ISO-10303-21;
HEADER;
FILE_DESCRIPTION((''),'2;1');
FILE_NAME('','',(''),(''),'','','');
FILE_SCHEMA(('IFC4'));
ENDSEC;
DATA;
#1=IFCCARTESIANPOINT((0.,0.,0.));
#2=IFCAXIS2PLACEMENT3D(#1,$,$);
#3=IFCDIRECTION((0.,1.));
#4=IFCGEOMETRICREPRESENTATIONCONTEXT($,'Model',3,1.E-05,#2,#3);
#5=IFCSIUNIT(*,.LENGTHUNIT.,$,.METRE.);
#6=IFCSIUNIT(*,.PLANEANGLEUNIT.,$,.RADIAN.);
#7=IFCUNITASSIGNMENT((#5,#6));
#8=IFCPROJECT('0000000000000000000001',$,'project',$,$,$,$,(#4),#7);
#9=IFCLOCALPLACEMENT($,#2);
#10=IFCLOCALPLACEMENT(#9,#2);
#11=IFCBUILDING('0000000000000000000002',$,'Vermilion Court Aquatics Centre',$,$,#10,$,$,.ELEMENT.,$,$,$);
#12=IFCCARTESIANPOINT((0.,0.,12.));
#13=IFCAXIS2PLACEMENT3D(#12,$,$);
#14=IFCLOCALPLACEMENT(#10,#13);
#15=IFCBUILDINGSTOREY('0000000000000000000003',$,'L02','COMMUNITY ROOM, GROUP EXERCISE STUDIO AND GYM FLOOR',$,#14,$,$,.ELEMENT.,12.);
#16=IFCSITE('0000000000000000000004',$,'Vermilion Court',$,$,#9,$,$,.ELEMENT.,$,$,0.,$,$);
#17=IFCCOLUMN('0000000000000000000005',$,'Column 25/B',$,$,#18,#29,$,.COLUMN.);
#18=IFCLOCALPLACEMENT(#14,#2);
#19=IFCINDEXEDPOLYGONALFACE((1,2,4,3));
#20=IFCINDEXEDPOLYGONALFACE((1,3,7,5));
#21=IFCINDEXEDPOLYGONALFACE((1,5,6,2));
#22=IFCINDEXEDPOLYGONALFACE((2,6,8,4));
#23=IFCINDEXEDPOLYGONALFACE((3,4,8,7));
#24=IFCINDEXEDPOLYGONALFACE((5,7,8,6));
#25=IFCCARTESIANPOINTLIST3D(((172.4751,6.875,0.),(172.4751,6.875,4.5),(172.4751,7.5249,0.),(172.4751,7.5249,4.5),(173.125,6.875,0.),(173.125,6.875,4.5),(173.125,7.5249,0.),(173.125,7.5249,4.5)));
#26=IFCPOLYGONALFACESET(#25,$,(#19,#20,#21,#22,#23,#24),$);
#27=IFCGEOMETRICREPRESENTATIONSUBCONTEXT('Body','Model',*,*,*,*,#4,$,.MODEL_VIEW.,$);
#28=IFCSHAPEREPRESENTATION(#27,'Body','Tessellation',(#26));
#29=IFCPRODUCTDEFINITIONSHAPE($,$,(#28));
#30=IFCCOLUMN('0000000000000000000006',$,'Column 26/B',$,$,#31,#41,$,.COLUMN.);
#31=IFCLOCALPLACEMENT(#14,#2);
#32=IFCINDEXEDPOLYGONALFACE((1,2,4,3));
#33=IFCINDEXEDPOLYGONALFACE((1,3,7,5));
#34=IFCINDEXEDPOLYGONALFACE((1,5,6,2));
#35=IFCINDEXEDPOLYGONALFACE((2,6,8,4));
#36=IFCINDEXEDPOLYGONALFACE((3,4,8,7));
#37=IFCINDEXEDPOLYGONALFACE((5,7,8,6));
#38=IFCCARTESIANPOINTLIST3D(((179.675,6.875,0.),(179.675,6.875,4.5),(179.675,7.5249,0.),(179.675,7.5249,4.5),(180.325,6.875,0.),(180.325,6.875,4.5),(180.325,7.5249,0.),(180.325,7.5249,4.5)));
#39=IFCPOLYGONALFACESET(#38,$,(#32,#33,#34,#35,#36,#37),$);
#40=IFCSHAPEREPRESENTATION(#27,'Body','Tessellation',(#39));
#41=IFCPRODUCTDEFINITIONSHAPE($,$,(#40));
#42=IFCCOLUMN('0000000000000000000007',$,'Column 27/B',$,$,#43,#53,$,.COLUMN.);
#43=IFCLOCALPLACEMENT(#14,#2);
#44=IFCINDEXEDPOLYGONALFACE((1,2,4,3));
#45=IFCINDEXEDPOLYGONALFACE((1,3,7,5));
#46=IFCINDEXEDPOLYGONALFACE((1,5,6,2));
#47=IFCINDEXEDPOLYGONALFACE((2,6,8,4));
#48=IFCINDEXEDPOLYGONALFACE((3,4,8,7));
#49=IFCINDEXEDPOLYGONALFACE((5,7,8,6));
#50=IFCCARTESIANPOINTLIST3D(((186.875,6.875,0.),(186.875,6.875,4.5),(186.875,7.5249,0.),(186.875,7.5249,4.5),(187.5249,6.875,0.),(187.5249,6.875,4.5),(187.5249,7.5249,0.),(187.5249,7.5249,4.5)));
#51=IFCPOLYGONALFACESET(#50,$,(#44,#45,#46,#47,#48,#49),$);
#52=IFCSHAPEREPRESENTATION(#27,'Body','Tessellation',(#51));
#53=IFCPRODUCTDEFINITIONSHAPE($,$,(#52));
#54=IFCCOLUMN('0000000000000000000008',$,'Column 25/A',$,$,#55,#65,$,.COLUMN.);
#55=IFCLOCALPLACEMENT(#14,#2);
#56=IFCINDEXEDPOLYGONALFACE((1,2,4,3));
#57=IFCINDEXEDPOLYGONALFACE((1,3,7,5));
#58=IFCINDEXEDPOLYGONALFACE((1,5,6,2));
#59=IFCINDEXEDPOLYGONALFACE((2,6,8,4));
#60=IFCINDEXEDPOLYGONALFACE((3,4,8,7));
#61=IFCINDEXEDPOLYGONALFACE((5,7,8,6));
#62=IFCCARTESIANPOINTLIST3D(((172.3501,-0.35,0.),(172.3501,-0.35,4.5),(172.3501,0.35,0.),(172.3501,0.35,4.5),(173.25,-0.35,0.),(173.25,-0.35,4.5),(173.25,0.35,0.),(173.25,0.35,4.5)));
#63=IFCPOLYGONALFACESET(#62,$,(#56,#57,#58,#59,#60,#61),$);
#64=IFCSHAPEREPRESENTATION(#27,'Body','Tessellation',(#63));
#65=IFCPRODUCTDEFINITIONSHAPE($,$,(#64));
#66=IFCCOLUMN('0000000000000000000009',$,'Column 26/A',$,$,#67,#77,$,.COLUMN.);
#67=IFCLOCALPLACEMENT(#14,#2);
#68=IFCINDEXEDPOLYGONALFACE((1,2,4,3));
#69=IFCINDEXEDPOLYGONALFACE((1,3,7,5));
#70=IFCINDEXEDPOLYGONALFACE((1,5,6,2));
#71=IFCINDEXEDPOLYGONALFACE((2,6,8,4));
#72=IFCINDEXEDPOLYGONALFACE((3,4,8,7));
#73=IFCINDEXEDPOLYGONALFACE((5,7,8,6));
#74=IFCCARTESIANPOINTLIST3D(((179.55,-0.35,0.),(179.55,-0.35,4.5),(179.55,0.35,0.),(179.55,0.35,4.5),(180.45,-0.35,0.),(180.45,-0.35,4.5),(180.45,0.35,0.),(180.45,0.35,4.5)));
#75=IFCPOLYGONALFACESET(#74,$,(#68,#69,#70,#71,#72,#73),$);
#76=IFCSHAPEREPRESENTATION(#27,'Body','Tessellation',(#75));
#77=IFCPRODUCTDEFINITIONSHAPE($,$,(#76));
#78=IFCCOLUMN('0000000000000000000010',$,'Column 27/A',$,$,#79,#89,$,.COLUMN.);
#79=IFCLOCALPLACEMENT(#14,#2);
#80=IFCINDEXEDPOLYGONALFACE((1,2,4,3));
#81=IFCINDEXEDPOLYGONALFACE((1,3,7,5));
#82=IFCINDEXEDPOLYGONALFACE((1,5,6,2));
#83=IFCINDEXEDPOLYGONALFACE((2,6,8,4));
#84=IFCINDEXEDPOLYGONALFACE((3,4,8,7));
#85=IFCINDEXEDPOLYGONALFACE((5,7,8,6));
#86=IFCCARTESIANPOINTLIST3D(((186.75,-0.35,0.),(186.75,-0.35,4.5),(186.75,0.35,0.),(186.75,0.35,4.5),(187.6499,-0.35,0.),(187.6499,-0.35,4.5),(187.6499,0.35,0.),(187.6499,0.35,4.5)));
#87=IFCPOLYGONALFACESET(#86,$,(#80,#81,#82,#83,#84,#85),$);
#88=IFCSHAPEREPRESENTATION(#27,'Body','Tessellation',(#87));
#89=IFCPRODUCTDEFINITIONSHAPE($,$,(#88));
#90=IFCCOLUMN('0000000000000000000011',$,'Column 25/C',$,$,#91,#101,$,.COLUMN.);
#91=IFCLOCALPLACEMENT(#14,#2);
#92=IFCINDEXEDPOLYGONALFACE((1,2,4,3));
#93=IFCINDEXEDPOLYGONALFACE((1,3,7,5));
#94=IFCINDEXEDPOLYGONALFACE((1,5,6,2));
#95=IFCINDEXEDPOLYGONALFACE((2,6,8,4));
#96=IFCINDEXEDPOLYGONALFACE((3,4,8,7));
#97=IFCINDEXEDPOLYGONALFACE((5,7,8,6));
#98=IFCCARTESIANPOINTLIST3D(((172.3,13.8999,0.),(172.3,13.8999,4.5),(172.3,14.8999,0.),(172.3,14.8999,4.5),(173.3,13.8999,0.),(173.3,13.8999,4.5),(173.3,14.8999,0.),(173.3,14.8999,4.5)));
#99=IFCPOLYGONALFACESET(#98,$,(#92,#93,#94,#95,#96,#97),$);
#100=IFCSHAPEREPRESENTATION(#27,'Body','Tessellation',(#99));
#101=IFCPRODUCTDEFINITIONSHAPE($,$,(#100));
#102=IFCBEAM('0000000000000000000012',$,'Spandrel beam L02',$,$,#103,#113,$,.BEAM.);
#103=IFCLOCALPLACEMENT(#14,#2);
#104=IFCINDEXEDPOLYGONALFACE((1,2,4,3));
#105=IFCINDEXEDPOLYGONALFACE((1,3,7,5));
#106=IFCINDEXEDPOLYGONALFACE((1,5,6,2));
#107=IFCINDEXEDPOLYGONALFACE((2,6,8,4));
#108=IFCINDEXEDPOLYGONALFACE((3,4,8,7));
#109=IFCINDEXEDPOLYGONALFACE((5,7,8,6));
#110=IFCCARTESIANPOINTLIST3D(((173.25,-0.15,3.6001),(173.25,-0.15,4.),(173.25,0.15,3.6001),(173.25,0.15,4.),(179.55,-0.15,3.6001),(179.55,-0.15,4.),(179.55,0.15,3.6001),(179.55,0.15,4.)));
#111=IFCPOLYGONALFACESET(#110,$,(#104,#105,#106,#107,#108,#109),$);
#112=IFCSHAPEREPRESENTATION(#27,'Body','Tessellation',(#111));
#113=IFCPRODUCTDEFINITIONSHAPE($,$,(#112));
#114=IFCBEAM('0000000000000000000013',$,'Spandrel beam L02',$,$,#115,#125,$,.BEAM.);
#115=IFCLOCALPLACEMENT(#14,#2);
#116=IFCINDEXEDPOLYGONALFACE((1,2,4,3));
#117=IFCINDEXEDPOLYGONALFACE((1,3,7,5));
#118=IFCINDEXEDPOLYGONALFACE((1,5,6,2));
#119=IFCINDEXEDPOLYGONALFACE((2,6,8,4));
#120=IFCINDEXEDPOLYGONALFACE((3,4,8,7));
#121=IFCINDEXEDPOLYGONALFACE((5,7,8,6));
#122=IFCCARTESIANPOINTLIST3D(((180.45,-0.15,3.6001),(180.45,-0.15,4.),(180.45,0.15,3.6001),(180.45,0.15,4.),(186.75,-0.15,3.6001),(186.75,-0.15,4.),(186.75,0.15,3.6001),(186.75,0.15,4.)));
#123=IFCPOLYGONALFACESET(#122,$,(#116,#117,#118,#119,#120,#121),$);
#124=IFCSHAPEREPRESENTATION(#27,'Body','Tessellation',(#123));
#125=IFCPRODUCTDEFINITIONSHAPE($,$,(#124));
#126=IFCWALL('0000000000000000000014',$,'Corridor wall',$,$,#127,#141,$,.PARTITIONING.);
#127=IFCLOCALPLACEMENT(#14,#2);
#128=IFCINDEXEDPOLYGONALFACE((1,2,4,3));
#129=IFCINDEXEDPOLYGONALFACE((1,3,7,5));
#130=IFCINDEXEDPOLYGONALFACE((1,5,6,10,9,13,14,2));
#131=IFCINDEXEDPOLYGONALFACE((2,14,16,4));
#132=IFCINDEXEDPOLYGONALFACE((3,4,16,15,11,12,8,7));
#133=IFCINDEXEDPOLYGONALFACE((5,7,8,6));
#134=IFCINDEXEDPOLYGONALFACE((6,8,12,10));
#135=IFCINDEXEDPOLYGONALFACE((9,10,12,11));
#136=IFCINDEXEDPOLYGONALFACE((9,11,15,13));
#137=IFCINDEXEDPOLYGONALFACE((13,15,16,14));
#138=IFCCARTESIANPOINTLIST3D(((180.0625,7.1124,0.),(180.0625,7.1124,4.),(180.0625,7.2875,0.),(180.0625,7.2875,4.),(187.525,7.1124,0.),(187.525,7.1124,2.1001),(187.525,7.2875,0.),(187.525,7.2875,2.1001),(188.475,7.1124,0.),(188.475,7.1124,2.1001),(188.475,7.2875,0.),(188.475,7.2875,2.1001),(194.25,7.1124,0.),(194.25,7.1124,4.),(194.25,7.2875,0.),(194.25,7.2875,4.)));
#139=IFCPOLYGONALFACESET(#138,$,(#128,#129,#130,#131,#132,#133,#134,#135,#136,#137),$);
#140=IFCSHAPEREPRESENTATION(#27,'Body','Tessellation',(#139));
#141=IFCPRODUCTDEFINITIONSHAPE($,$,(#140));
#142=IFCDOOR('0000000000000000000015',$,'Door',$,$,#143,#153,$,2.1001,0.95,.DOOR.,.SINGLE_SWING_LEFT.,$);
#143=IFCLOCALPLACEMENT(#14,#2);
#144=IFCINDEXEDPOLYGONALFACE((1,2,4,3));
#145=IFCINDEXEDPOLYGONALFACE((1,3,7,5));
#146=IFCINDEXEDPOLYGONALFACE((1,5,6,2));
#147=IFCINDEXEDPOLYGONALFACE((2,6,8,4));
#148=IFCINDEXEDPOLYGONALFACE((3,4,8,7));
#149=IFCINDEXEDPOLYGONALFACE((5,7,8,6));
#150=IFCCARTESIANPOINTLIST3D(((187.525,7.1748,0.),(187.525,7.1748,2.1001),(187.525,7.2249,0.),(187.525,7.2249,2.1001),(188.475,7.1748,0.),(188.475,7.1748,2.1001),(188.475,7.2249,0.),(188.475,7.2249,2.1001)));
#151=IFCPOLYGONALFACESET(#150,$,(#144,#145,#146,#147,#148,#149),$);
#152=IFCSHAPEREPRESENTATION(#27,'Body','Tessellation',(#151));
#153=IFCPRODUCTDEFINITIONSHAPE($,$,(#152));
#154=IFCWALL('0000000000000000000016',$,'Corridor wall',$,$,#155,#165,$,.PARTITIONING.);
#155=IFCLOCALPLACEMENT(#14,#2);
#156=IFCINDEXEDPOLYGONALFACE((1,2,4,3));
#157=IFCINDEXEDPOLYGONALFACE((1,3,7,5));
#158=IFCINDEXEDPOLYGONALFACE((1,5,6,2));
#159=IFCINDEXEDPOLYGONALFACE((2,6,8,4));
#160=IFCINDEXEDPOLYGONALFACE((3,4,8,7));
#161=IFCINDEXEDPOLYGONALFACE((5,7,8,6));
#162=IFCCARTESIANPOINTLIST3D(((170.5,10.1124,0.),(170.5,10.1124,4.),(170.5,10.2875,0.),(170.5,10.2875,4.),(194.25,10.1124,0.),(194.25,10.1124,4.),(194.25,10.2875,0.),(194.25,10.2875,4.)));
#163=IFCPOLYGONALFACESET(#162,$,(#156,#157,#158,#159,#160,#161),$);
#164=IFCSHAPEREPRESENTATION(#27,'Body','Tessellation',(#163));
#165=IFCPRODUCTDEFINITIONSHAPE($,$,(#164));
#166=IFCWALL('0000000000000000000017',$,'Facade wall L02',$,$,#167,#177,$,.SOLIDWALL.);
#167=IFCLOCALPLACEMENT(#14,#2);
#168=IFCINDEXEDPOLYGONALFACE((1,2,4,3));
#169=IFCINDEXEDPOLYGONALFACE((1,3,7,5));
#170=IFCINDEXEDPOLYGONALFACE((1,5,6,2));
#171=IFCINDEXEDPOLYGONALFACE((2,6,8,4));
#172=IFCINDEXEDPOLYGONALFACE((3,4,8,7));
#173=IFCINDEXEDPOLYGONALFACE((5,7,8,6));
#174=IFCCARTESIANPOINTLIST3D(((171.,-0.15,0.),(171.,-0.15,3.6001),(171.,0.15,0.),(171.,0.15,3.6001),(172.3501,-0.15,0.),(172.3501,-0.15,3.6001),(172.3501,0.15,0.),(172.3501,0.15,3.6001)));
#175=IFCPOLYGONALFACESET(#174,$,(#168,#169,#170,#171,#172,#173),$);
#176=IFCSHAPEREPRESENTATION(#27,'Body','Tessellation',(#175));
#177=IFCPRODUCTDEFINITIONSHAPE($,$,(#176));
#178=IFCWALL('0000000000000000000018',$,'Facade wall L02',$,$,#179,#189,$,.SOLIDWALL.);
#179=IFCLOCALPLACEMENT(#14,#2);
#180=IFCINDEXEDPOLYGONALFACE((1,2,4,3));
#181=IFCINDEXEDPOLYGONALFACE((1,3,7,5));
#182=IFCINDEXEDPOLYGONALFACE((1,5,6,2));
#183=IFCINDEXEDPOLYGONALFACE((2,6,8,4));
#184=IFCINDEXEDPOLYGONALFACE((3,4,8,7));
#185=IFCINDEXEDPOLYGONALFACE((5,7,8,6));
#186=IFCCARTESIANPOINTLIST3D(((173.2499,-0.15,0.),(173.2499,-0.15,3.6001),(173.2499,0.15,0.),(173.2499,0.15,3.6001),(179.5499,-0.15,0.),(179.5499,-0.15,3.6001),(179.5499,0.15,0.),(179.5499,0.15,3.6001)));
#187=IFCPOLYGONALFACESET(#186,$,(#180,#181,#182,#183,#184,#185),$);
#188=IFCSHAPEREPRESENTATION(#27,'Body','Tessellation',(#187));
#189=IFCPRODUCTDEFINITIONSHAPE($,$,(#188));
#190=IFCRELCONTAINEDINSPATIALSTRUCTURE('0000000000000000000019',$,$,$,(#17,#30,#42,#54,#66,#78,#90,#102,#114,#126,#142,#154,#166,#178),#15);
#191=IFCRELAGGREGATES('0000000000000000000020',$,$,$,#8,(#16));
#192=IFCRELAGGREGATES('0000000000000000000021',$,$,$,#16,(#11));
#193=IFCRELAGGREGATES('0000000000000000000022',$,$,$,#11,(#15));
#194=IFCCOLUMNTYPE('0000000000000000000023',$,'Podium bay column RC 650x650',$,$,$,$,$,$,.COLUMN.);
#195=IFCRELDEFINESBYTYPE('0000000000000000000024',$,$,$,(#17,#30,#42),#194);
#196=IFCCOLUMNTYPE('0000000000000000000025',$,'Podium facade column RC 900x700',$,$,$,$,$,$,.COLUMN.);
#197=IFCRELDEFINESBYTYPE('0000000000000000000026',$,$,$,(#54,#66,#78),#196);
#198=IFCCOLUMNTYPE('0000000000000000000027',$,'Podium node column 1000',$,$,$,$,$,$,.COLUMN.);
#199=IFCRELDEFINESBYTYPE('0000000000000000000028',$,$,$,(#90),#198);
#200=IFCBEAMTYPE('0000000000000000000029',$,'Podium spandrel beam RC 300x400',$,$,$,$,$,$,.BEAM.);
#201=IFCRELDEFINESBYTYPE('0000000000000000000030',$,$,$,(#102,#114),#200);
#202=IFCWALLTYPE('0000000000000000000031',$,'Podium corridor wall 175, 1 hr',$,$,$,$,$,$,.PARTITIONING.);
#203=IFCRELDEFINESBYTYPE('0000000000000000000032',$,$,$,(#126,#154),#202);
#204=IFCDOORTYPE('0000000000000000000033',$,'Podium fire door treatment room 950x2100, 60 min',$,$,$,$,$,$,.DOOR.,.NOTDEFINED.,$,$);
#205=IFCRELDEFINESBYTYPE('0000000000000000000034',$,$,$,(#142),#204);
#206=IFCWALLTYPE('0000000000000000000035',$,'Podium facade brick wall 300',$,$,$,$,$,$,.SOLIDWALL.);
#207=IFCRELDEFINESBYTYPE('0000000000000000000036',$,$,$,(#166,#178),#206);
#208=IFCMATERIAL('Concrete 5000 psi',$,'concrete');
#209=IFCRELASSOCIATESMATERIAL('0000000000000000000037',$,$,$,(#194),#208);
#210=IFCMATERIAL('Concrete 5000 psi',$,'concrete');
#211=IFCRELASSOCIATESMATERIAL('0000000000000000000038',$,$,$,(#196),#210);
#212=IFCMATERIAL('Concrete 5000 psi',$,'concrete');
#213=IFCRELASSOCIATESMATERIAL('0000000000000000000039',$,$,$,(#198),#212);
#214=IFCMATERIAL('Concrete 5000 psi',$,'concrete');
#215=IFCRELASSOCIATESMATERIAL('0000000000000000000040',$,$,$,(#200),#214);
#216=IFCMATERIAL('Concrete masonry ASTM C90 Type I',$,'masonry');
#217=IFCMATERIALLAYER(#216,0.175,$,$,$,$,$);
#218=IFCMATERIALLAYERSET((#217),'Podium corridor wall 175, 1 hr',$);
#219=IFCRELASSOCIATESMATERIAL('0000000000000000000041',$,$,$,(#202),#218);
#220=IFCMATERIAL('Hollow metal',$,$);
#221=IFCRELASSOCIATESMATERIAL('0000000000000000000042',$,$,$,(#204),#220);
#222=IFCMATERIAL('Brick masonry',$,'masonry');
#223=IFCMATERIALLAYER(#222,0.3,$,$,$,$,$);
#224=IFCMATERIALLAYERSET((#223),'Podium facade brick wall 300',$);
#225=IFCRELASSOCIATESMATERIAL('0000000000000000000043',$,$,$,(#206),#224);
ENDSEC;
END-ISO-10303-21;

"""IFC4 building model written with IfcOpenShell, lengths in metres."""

from ifc_helpers import new_model, si_unit, direction, frame, frame_2d, origin, origin_2d, place, context, subcontext, project, spatial, rectangle, extrude, material, layer, layer_set, material_profile, profile_set, type_object, element, fill, save


model = new_model("IFC4")

# Units and contexts
model_context = context("Model", 3, precision=1e-05, world=origin(), true_north=direction((0.0, 1.0)))
body_context = subcontext(model_context, "Body", "Model", "MODEL_VIEW")
ifc_project = project(units=[si_unit("LENGTHUNIT", "METRE"), si_unit("PLANEANGLEUNIT", "RADIAN")], contexts=[model_context])

# Site, building, storey
site_placement = place(None, origin())
site = spatial("IfcSite", under=ifc_project, at=site_placement, Name="Vermilion Court", CompositionType="ELEMENT", RefElevation=0.0)
building_placement = place(site_placement, origin())
building = spatial("IfcBuilding", under=site, at=building_placement, Name="Vermilion Court Aquatics Centre", CompositionType="ELEMENT")
storey_placement = place(building_placement, frame((0.0, 0.0, 12.0)))
storey = spatial("IfcBuildingStorey", under=building, at=storey_placement, Name="L02", Description="COMMUNITY ROOM, GROUP EXERCISE STUDIO AND GYM FLOOR", CompositionType="ELEMENT", Elevation=12.0)

# Columns
ifc_material_1 = material(Name="Concrete 5000 psi", Category="concrete")
ifc_material_profile_1 = material_profile(ifc_material_1, rectangle(XDim=0.6499, YDim=0.6499, at=origin_2d()), Name="RC 650x650")
ifc_profile_set_1 = profile_set([ifc_material_profile_1], Name="Concrete 5000 psi")
column_type_1 = type_object("IfcColumnType", Name="Podium bay column RC 650x650", PredefinedType="COLUMN", material=ifc_profile_set_1)
for number, where, z_axis, x_axis, name in (
    (1, (172.8, 7.2, 0.0), (0.0, 0.0, 1.0), (1.0, 0.0, 0.0), "Column 25/B"),
    (2, (180.0, 7.2, 0.0), (0.0, 0.0, 1.0), (1.0, 0.0, 0.0), "Column 26/B"),
    (3, (187.2, 7.2, 0.0), (0.0, 0.0, 1.0), (1.0, 0.0, 0.0), "Column 27/B"),
):
    element("IfcColumn", number, at=place(storey_placement, frame(where, z_axis=z_axis, x_axis=x_axis)), inside=storey, type_object=column_type_1, Name=name, PredefinedType="COLUMN", context=body_context, shape_type="SweptSolid", body=[
        extrude(rectangle(XDim=0.6499, YDim=0.6499, at=origin_2d()), origin(), (0.0, 0.0, 1.0), 4.5),
    ])
ifc_material_2 = material(Name="Concrete 5000 psi", Category="concrete")
ifc_material_profile_2 = material_profile(ifc_material_2, rectangle(XDim=0.8999, YDim=0.7, at=origin_2d()), Name="RC 900x700")
ifc_profile_set_2 = profile_set([ifc_material_profile_2], Name="Concrete 5000 psi")
column_type_2 = type_object("IfcColumnType", Name="Podium facade column RC 900x700", PredefinedType="COLUMN", material=ifc_profile_set_2)
for number, where, z_axis, x_axis, name in (
    (4, (172.8, 0.0, 0.0), (0.0, 0.0, 1.0), (1.0, 0.0, 0.0), "Column 25/A"),
    (5, (180.0, 0.0, 0.0), (0.0, 0.0, 1.0), (1.0, 0.0, 0.0), "Column 26/A"),
    (6, (187.2, 0.0, 0.0), (0.0, 0.0, 1.0), (1.0, 0.0, 0.0), "Column 27/A"),
):
    element("IfcColumn", number, at=place(storey_placement, frame(where, z_axis=z_axis, x_axis=x_axis)), inside=storey, type_object=column_type_2, Name=name, PredefinedType="COLUMN", context=body_context, shape_type="SweptSolid", body=[
        extrude(rectangle(XDim=0.8999, YDim=0.7, at=origin_2d()), origin(), (0.0, 0.0, 1.0), 4.5),
    ])
ifc_material_3 = material(Name="Concrete 5000 psi", Category="concrete")
ifc_material_profile_3 = material_profile(ifc_material_3, rectangle(XDim=1.0, YDim=1.0, at=origin_2d()), Name="RC 1000x1000")
ifc_profile_set_3 = profile_set([ifc_material_profile_3], Name="Concrete 5000 psi")
column_type_3 = type_object("IfcColumnType", Name="Podium node column 1000", PredefinedType="COLUMN", material=ifc_profile_set_3)
column_placement = place(storey_placement, frame((172.8, 14.3999, 0.0), z_axis=(0.0, 0.0, 1.0), x_axis=(1.0, 0.0, 0.0)))
element("IfcColumn", 7, at=column_placement, inside=storey, type_object=column_type_3, Name="Column 25/C", PredefinedType="COLUMN", context=body_context, shape_type="SweptSolid", body=[
    extrude(rectangle(XDim=1.0, YDim=1.0, at=origin_2d()), origin(), (0.0, 0.0, 1.0), 4.5),
])

# Beams
ifc_material_4 = material(Name="Concrete 5000 psi", Category="concrete")
ifc_material_profile_4 = material_profile(ifc_material_4, rectangle(XDim=0.3, YDim=0.3999, at=origin_2d()), Name="RC 300x400")
ifc_profile_set_4 = profile_set([ifc_material_profile_4], Name="Concrete 5000 psi")
beam_type = type_object("IfcBeamType", Name="Podium spandrel beam RC 300x400", PredefinedType="BEAM", material=ifc_profile_set_4)
for number, where, z_axis, x_axis, name in (
    (8, (173.25, 0.0, 3.8), (1.0, 0.0, 0.0), (0.0, 1.0, 0.0), "Spandrel beam L02"),
    (9, (180.45, 0.0, 3.8), (1.0, 0.0, 0.0), (0.0, 1.0, 0.0), "Spandrel beam L02"),
):
    element("IfcBeam", number, at=place(storey_placement, frame(where, z_axis=z_axis, x_axis=x_axis)), inside=storey, type_object=beam_type, Name=name, PredefinedType="BEAM", context=body_context, shape_type="SweptSolid", body=[
        extrude(rectangle(XDim=0.3, YDim=0.3999, at=origin_2d()), origin(), (0.0, 0.0, 1.0), 6.3),
    ])

# Wall, opening, door
ifc_material_5 = material(Name="Concrete masonry ASTM C90 Type I", Category="masonry")
ifc_layer_1 = layer(ifc_material_5, 0.175)
ifc_layer_set_1 = layer_set([ifc_layer_1], Name="Podium corridor wall 175, 1 hr")
wall_type_1 = type_object("IfcWallType", Name="Podium corridor wall 175, 1 hr", PredefinedType="PARTITIONING", material=ifc_layer_set_1)
wall_1_placement = place(storey_placement, frame((180.0625, 7.2, 0.0), z_axis=(0.0, 0.0, 1.0), x_axis=(1.0, 0.0, 0.0)))
wall_1 = element("IfcWall", 10, at=wall_1_placement, inside=storey, type_object=wall_type_1, Name="Corridor wall", PredefinedType="PARTITIONING", context=body_context, shape_type="SweptSolid", body=[
    extrude(rectangle(XDim=14.1875, YDim=0.175, at=frame_2d((7.0938, 0.0))), origin(), (0.0, 0.0, 1.0), 4.0),
])
opening_1_placement = place(wall_1_placement, frame((7.4624, 0.0, 0.0)))
opening_1 = element("IfcOpeningElement", 11, at=opening_1_placement, cuts=wall_1, PredefinedType="OPENING", context=body_context, shape_type="SweptSolid", body=[
    extrude(rectangle(XDim=0.95, YDim=2.1001, at=frame_2d((0.4751, 1.05))), frame((0.0, 0.0974, 0.0), z_axis=(0.0, -1.0, 0.0), x_axis=(1.0, 0.0, 0.0)), (0.0, 0.0, 1.0), 0.1951),
])
ifc_material_6 = material(Name="Hollow metal")
door_type_1 = type_object("IfcDoorType", Name="Podium fire door treatment room 950x2100, 60 min", OperationType="NOTDEFINED", PredefinedType="DOOR", material=ifc_material_6)
door_1_placement = place(opening_1_placement, frame((0.95, 0.0, 0.0), z_axis=(0.0, 0.0, 1.0), x_axis=(-1.0, 0.0, 0.0)))
door_1 = element("IfcDoor", 12, at=door_1_placement, inside=storey, type_object=door_type_1, Name="Door", OperationType="SINGLE_SWING_LEFT", OverallHeight=2.1001, OverallWidth=0.95, PredefinedType="DOOR", context=body_context, shape_type="SweptSolid", body=[
    extrude(rectangle(XDim=0.95, YDim=2.1001, at=frame_2d((0.4749, 1.05))), frame((0.0, 0.0251, 0.0), z_axis=(0.0, -1.0, 0.0), x_axis=(1.0, 0.0, 0.0)), (0.0, 0.0, 1.0), 0.05),
])
fill(opening_1, door_1)

# Walls
wall_2_placement = place(storey_placement, frame((170.5, 10.2, 0.0), z_axis=(0.0, 0.0, 1.0), x_axis=(1.0, 0.0, 0.0)))
element("IfcWall", 13, at=wall_2_placement, inside=storey, type_object=wall_type_1, Name="Corridor wall", PredefinedType="PARTITIONING", context=body_context, shape_type="SweptSolid", body=[
    extrude(rectangle(XDim=23.75, YDim=0.175, at=frame_2d((11.875, 0.0))), origin(), (0.0, 0.0, 1.0), 4.0),
])
ifc_material_7 = material(Name="Brick masonry", Category="masonry")
ifc_layer_2 = layer(ifc_material_7, 0.3)
ifc_layer_set_2 = layer_set([ifc_layer_2], Name="Podium facade brick wall 300")
wall_type_2 = type_object("IfcWallType", Name="Podium facade brick wall 300", PredefinedType="SOLIDWALL", material=ifc_layer_set_2)
wall_3_placement = place(storey_placement, frame((171.0, 0.0, 0.0), z_axis=(0.0, 0.0, 1.0), x_axis=(1.0, 0.0, 0.0)))
element("IfcWall", 14, at=wall_3_placement, inside=storey, type_object=wall_type_2, Name="Facade wall L02", PredefinedType="SOLIDWALL", context=body_context, shape_type="SweptSolid", body=[
    extrude(rectangle(XDim=1.3501, YDim=0.3, at=frame_2d((0.675, 0.0))), origin(), (0.0, 0.0, 1.0), 3.6001),
])
wall_4_placement = place(storey_placement, frame((173.25, 0.0, 0.0), z_axis=(0.0, 0.0, 1.0), x_axis=(1.0, 0.0, 0.0)))
element("IfcWall", 15, at=wall_4_placement, inside=storey, type_object=wall_type_2, Name="Facade wall L02", PredefinedType="SOLIDWALL", context=body_context, shape_type="SweptSolid", body=[
    extrude(rectangle(XDim=6.3, YDim=0.3, at=frame_2d((3.1499, 0.0))), origin(), (0.0, 0.0, 1.0), 3.6001),
])

save(model, "model.ifc")
